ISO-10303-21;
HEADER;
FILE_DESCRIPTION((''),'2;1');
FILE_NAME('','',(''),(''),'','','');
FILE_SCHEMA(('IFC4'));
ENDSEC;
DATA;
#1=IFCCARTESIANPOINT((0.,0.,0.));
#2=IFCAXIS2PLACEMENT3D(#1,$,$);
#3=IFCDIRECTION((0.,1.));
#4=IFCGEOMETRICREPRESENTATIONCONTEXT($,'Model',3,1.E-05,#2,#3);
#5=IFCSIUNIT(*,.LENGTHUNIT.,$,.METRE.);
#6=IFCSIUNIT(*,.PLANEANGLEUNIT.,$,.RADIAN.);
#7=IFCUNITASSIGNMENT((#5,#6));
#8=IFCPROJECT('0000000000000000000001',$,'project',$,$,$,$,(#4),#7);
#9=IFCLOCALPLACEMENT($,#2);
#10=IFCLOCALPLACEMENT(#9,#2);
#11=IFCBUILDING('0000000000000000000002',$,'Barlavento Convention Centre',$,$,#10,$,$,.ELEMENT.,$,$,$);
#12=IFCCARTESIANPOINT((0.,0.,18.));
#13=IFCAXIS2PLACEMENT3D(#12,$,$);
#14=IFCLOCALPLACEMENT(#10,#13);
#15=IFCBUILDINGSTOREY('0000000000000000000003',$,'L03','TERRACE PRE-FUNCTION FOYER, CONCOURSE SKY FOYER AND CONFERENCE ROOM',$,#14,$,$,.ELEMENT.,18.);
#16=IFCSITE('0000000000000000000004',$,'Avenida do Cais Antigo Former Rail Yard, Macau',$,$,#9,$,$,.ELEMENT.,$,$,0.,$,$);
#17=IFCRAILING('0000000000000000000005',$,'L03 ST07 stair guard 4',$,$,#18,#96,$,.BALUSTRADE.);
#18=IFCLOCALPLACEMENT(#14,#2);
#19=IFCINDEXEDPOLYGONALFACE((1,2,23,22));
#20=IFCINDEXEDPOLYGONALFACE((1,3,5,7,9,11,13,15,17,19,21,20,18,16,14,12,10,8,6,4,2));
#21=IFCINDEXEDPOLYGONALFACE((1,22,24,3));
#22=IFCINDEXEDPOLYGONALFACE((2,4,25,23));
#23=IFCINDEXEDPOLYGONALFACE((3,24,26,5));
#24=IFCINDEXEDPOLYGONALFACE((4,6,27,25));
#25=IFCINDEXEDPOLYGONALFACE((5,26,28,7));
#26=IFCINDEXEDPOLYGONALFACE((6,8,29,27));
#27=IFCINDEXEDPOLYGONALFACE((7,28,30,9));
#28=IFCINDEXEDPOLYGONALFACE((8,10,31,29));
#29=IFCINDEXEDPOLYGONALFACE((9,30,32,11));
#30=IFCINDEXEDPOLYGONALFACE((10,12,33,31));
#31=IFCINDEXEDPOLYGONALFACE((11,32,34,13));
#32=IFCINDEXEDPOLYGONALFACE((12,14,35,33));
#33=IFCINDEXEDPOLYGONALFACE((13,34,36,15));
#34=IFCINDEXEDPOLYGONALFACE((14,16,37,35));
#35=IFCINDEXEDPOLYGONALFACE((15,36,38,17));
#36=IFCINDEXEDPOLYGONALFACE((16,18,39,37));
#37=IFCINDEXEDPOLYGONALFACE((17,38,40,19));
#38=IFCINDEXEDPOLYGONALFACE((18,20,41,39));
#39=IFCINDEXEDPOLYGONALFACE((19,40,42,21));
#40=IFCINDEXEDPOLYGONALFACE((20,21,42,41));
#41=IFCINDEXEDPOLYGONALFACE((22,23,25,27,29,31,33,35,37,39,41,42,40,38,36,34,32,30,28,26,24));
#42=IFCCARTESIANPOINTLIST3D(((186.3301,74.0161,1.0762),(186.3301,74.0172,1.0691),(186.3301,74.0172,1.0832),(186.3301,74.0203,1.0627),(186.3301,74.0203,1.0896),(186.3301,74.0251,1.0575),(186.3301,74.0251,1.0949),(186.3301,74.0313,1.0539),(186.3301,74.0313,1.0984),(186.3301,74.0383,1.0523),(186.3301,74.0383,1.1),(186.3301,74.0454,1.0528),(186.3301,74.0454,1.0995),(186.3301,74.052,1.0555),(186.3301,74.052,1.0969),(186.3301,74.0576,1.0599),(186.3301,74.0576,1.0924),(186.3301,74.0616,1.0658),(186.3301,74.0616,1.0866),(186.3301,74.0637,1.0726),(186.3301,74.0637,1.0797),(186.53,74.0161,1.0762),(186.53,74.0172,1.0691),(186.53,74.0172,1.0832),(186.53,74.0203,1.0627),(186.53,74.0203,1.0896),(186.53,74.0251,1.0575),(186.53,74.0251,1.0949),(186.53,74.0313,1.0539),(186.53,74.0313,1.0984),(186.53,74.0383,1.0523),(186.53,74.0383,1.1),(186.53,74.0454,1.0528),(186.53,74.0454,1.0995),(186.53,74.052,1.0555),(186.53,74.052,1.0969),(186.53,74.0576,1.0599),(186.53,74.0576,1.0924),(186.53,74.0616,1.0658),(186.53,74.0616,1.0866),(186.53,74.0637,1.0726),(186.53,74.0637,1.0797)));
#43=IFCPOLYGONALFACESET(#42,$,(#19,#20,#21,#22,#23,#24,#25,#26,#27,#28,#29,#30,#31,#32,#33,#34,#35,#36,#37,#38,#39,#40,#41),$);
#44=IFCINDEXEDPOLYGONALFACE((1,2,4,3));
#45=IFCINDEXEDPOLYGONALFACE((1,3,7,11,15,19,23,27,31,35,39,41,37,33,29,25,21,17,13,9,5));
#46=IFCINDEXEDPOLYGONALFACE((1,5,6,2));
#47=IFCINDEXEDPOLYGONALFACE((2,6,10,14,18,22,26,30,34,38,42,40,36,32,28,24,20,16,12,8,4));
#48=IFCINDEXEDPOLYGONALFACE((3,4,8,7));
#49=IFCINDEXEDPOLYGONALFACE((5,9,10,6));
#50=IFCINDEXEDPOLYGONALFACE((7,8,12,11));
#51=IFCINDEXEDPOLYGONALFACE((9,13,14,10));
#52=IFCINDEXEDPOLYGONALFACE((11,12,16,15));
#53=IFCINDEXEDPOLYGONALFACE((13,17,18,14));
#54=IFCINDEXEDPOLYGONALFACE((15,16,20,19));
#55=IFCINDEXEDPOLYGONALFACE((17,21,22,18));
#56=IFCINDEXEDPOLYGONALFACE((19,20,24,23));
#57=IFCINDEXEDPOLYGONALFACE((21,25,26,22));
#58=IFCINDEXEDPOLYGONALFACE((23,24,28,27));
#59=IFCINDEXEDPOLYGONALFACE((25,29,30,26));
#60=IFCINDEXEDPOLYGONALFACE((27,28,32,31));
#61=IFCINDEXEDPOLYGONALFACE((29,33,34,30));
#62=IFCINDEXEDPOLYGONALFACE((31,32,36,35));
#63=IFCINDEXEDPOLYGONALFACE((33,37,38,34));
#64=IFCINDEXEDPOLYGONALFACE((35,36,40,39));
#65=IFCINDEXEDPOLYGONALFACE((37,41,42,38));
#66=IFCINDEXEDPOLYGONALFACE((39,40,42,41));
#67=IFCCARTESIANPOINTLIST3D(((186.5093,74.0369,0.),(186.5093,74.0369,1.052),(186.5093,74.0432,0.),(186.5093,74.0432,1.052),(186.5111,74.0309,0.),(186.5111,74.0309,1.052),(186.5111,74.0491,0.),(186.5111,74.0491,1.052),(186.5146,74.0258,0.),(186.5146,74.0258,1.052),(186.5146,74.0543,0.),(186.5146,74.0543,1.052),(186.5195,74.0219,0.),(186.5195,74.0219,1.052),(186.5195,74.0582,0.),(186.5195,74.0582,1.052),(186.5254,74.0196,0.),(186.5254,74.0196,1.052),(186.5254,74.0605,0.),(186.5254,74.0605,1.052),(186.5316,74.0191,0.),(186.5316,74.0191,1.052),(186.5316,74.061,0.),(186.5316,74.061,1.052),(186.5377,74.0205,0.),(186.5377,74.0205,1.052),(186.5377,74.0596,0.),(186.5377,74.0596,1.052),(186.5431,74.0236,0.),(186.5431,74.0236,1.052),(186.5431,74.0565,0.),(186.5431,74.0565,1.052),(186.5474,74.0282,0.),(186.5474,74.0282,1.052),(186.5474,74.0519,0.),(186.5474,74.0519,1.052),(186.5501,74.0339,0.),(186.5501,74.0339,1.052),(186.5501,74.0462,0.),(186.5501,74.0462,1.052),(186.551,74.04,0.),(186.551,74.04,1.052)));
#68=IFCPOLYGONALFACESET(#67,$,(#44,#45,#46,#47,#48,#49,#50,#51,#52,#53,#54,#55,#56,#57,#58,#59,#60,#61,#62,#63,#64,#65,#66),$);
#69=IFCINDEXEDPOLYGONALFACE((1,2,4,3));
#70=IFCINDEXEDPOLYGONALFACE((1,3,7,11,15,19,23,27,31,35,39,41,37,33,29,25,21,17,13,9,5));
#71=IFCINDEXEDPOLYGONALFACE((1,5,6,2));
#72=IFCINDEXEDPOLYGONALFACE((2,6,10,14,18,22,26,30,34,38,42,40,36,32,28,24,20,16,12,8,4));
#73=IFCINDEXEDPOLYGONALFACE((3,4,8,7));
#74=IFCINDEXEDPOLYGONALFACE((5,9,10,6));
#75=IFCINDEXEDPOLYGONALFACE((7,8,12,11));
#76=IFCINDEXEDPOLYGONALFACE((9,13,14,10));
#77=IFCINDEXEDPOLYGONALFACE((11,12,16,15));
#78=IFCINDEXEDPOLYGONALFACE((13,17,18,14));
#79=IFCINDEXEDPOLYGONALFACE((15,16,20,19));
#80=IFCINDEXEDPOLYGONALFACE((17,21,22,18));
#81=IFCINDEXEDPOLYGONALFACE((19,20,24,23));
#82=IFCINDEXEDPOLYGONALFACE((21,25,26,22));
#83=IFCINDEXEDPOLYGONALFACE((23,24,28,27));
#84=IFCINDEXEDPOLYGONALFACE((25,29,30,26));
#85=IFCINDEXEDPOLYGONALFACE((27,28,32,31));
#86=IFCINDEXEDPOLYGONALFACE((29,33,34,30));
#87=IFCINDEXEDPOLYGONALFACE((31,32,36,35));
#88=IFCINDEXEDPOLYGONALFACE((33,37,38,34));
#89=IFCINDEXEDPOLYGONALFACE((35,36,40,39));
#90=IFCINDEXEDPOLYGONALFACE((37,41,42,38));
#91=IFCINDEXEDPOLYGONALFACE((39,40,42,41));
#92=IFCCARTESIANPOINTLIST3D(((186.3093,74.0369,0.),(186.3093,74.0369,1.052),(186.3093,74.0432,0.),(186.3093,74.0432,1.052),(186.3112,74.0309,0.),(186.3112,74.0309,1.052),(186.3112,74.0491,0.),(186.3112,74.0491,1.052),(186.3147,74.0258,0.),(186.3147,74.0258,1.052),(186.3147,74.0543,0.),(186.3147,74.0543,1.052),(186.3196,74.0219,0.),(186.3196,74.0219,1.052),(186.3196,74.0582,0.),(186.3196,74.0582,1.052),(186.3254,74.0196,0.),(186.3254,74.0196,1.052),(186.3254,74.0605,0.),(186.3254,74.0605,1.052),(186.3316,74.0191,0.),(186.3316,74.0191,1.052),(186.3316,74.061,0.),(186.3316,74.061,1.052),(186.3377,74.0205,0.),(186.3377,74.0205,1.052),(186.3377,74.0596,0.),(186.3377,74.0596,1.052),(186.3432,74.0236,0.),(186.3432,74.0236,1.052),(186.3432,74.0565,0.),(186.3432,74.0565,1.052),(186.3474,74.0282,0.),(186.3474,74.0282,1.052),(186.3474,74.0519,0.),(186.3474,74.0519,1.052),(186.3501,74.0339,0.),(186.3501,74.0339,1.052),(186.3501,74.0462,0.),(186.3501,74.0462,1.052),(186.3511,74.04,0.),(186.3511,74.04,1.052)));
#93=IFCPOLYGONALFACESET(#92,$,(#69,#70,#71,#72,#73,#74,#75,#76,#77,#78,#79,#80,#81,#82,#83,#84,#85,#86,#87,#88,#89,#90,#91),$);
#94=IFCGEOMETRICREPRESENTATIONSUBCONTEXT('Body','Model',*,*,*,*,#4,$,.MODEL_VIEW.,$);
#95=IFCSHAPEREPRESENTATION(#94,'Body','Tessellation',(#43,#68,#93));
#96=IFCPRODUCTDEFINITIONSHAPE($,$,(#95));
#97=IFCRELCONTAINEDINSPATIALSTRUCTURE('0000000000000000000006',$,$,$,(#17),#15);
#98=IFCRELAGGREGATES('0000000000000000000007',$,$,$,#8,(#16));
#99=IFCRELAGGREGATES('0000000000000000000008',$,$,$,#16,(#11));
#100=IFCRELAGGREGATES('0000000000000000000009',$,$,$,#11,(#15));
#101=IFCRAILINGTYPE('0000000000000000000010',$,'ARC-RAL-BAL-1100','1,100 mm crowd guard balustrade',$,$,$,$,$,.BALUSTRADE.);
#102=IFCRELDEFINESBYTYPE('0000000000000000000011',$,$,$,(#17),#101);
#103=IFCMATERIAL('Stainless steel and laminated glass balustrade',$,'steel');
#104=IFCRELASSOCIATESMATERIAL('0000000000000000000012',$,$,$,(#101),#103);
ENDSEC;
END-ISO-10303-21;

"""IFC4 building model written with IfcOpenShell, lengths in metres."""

from ifc_helpers import new_model, si_unit, direction, frame, origin, origin_2d, place, context, subcontext, project, spatial, circle, extrude, material, type_object, element, save


model = new_model("IFC4")

# Units and contexts
model_context = context("Model", 3, precision=1e-05, world=origin(), true_north=direction((0.0, 1.0)))
body_context = subcontext(model_context, "Body", "Model", "MODEL_VIEW")
ifc_project = project(units=[si_unit("LENGTHUNIT", "METRE"), si_unit("PLANEANGLEUNIT", "RADIAN")], contexts=[model_context])

# Site, building, storey
site_placement = place(None, origin())
site = spatial("IfcSite", under=ifc_project, at=site_placement, Name="Avenida do Cais Antigo Former Rail Yard, Macau", CompositionType="ELEMENT", RefElevation=0.0)
building_placement = place(site_placement, origin())
building = spatial("IfcBuilding", under=site, at=building_placement, Name="Barlavento Convention Centre", CompositionType="ELEMENT")
storey_placement = place(building_placement, frame((0.0, 0.0, 18.0)))
storey = spatial("IfcBuildingStorey", under=building, at=storey_placement, Name="L03", Description="TERRACE PRE-FUNCTION FOYER, CONCOURSE SKY FOYER AND CONFERENCE ROOM", CompositionType="ELEMENT", Elevation=18.0)

# Railing
ifc_material_1 = material(Name="Stainless steel and laminated glass balustrade", Category="steel")
railing_type_1 = type_object("IfcRailingType", Name="ARC-RAL-BAL-1100", Description="1,100 mm crowd guard balustrade", PredefinedType="BALUSTRADE", material=ifc_material_1)
railing_1_placement = place(storey_placement, frame((186.53, 74.04, 0.0)))
element("IfcRailing", 1, at=railing_1_placement, inside=storey, type_object=railing_type_1, Name="L03 ST07 stair guard 4", PredefinedType="BALUSTRADE", context=body_context, shape_type="SweptSolid", body=[
    extrude(circle(Radius=0.0239, at=origin_2d()), frame((0.0, 0.0, 1.0762), z_axis=(-1.0, 0.0, 0.0), x_axis=(0.0, -1.0, 0.0)), (0.0, 0.0, 1.0), 0.2),
    extrude(circle(Radius=0.021, at=origin_2d()), origin(), (0.0, 0.0, 1.0), 1.052),
    extrude(circle(Radius=0.021, at=origin_2d()), frame((-0.2, 0.0, 0.0)), (0.0, 0.0, 1.0), 1.052),
])

save(model, "model.ifc")
